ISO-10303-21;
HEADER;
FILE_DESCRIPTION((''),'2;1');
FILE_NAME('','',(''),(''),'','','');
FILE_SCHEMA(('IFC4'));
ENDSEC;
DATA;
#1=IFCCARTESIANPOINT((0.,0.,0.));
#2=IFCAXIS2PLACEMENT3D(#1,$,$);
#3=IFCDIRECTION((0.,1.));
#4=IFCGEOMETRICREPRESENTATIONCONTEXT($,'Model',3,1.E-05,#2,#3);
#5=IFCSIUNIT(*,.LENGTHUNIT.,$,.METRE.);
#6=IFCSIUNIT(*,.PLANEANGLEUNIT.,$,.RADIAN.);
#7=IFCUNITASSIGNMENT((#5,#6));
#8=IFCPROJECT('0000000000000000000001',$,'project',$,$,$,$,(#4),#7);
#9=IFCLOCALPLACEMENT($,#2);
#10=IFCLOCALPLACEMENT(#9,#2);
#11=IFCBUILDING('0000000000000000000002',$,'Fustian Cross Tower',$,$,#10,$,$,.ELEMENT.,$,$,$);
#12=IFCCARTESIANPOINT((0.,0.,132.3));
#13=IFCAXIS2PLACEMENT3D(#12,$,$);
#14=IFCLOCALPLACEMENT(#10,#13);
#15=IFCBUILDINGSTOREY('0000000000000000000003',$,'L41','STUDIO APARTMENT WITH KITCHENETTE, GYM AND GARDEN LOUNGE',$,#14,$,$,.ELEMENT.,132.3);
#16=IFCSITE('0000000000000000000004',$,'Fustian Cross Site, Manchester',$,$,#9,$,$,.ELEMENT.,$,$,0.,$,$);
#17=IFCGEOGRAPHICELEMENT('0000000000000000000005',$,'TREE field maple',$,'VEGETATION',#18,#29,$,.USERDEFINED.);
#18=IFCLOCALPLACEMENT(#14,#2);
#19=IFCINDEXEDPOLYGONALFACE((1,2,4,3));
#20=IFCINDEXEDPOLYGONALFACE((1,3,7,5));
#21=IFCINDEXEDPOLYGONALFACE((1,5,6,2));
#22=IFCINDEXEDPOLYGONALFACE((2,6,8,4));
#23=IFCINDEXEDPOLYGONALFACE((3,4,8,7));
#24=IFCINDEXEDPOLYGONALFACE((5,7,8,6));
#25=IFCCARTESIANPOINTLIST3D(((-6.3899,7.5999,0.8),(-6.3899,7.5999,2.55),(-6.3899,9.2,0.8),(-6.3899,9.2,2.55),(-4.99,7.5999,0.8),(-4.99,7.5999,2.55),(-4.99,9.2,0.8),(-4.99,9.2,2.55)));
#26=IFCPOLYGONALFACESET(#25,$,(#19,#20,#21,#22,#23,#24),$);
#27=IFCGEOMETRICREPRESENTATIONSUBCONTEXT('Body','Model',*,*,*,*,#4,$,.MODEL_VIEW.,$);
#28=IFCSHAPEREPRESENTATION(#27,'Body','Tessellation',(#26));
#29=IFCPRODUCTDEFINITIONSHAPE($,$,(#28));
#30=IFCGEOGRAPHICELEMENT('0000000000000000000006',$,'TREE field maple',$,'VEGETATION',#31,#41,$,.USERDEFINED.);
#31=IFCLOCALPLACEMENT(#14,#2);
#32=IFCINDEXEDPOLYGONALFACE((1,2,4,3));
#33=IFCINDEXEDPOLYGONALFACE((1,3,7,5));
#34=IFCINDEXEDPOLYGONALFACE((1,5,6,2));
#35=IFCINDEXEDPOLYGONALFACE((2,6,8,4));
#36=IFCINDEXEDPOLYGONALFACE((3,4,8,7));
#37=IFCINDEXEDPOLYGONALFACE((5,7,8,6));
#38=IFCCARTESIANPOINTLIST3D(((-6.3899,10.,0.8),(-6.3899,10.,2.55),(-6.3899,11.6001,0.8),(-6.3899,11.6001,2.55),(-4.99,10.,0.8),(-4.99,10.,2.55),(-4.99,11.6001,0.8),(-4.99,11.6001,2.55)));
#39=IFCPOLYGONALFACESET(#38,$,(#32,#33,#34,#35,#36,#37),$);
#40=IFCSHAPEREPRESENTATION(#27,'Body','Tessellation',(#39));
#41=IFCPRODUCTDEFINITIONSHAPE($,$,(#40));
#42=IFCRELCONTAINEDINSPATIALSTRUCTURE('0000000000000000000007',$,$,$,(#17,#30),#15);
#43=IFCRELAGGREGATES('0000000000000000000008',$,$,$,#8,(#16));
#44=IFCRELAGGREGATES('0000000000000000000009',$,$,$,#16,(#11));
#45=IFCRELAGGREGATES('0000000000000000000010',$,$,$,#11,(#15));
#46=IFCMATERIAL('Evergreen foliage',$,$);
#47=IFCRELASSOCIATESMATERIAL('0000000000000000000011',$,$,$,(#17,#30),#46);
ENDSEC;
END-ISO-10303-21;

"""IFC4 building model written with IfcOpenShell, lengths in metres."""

from ifc_helpers import new_model, si_unit, direction, frame, origin, origin_2d, place, context, subcontext, project, spatial, rectangle, extrude, material, element, save


model = new_model("IFC4")

# Units and contexts
model_context = context("Model", 3, precision=1e-05, world=origin(), true_north=direction((0.0, 1.0)))
body_context = subcontext(model_context, "Body", "Model", "MODEL_VIEW")
ifc_project = project(units=[si_unit("LENGTHUNIT", "METRE"), si_unit("PLANEANGLEUNIT", "RADIAN")], contexts=[model_context])

# Site, building, storey
site_placement = place(None, origin())
site = spatial("IfcSite", under=ifc_project, at=site_placement, Name="Fustian Cross Site, Manchester", CompositionType="ELEMENT", RefElevation=0.0)
building_placement = place(site_placement, origin())
building = spatial("IfcBuilding", under=site, at=building_placement, Name="Fustian Cross Tower", CompositionType="ELEMENT")
storey_placement = place(building_placement, frame((0.0, 0.0, 132.3)))
storey = spatial("IfcBuildingStorey", under=building, at=storey_placement, Name="L41", Description="STUDIO APARTMENT WITH KITCHENETTE, GYM AND GARDEN LOUNGE", CompositionType="ELEMENT", Elevation=132.3)

# Geographic elements
ifc_material_1 = material(Name="Evergreen foliage")
for number, where, z_axis, x_axis, name in (
    (1, (-5.6899, 8.3999, 0.8), (0.0, 0.0, 1.0), (1.0, 0.0, 0.0), "TREE field maple"),
    (2, (-5.6899, 10.8, 0.8), (0.0, 0.0, 1.0), (1.0, 0.0, 0.0), "TREE field maple"),
):
    element("IfcGeographicElement", number, at=place(storey_placement, frame(where, z_axis=z_axis, x_axis=x_axis)), inside=storey, material=ifc_material_1, Name=name, ObjectType="VEGETATION", PredefinedType="USERDEFINED", context=body_context, shape_type="SweptSolid", body=[
        extrude(rectangle(XDim=1.3999, YDim=1.6001, at=origin_2d()), origin(), (0.0, 0.0, 1.0), 1.75),
    ])

save(model, "model.ifc")
